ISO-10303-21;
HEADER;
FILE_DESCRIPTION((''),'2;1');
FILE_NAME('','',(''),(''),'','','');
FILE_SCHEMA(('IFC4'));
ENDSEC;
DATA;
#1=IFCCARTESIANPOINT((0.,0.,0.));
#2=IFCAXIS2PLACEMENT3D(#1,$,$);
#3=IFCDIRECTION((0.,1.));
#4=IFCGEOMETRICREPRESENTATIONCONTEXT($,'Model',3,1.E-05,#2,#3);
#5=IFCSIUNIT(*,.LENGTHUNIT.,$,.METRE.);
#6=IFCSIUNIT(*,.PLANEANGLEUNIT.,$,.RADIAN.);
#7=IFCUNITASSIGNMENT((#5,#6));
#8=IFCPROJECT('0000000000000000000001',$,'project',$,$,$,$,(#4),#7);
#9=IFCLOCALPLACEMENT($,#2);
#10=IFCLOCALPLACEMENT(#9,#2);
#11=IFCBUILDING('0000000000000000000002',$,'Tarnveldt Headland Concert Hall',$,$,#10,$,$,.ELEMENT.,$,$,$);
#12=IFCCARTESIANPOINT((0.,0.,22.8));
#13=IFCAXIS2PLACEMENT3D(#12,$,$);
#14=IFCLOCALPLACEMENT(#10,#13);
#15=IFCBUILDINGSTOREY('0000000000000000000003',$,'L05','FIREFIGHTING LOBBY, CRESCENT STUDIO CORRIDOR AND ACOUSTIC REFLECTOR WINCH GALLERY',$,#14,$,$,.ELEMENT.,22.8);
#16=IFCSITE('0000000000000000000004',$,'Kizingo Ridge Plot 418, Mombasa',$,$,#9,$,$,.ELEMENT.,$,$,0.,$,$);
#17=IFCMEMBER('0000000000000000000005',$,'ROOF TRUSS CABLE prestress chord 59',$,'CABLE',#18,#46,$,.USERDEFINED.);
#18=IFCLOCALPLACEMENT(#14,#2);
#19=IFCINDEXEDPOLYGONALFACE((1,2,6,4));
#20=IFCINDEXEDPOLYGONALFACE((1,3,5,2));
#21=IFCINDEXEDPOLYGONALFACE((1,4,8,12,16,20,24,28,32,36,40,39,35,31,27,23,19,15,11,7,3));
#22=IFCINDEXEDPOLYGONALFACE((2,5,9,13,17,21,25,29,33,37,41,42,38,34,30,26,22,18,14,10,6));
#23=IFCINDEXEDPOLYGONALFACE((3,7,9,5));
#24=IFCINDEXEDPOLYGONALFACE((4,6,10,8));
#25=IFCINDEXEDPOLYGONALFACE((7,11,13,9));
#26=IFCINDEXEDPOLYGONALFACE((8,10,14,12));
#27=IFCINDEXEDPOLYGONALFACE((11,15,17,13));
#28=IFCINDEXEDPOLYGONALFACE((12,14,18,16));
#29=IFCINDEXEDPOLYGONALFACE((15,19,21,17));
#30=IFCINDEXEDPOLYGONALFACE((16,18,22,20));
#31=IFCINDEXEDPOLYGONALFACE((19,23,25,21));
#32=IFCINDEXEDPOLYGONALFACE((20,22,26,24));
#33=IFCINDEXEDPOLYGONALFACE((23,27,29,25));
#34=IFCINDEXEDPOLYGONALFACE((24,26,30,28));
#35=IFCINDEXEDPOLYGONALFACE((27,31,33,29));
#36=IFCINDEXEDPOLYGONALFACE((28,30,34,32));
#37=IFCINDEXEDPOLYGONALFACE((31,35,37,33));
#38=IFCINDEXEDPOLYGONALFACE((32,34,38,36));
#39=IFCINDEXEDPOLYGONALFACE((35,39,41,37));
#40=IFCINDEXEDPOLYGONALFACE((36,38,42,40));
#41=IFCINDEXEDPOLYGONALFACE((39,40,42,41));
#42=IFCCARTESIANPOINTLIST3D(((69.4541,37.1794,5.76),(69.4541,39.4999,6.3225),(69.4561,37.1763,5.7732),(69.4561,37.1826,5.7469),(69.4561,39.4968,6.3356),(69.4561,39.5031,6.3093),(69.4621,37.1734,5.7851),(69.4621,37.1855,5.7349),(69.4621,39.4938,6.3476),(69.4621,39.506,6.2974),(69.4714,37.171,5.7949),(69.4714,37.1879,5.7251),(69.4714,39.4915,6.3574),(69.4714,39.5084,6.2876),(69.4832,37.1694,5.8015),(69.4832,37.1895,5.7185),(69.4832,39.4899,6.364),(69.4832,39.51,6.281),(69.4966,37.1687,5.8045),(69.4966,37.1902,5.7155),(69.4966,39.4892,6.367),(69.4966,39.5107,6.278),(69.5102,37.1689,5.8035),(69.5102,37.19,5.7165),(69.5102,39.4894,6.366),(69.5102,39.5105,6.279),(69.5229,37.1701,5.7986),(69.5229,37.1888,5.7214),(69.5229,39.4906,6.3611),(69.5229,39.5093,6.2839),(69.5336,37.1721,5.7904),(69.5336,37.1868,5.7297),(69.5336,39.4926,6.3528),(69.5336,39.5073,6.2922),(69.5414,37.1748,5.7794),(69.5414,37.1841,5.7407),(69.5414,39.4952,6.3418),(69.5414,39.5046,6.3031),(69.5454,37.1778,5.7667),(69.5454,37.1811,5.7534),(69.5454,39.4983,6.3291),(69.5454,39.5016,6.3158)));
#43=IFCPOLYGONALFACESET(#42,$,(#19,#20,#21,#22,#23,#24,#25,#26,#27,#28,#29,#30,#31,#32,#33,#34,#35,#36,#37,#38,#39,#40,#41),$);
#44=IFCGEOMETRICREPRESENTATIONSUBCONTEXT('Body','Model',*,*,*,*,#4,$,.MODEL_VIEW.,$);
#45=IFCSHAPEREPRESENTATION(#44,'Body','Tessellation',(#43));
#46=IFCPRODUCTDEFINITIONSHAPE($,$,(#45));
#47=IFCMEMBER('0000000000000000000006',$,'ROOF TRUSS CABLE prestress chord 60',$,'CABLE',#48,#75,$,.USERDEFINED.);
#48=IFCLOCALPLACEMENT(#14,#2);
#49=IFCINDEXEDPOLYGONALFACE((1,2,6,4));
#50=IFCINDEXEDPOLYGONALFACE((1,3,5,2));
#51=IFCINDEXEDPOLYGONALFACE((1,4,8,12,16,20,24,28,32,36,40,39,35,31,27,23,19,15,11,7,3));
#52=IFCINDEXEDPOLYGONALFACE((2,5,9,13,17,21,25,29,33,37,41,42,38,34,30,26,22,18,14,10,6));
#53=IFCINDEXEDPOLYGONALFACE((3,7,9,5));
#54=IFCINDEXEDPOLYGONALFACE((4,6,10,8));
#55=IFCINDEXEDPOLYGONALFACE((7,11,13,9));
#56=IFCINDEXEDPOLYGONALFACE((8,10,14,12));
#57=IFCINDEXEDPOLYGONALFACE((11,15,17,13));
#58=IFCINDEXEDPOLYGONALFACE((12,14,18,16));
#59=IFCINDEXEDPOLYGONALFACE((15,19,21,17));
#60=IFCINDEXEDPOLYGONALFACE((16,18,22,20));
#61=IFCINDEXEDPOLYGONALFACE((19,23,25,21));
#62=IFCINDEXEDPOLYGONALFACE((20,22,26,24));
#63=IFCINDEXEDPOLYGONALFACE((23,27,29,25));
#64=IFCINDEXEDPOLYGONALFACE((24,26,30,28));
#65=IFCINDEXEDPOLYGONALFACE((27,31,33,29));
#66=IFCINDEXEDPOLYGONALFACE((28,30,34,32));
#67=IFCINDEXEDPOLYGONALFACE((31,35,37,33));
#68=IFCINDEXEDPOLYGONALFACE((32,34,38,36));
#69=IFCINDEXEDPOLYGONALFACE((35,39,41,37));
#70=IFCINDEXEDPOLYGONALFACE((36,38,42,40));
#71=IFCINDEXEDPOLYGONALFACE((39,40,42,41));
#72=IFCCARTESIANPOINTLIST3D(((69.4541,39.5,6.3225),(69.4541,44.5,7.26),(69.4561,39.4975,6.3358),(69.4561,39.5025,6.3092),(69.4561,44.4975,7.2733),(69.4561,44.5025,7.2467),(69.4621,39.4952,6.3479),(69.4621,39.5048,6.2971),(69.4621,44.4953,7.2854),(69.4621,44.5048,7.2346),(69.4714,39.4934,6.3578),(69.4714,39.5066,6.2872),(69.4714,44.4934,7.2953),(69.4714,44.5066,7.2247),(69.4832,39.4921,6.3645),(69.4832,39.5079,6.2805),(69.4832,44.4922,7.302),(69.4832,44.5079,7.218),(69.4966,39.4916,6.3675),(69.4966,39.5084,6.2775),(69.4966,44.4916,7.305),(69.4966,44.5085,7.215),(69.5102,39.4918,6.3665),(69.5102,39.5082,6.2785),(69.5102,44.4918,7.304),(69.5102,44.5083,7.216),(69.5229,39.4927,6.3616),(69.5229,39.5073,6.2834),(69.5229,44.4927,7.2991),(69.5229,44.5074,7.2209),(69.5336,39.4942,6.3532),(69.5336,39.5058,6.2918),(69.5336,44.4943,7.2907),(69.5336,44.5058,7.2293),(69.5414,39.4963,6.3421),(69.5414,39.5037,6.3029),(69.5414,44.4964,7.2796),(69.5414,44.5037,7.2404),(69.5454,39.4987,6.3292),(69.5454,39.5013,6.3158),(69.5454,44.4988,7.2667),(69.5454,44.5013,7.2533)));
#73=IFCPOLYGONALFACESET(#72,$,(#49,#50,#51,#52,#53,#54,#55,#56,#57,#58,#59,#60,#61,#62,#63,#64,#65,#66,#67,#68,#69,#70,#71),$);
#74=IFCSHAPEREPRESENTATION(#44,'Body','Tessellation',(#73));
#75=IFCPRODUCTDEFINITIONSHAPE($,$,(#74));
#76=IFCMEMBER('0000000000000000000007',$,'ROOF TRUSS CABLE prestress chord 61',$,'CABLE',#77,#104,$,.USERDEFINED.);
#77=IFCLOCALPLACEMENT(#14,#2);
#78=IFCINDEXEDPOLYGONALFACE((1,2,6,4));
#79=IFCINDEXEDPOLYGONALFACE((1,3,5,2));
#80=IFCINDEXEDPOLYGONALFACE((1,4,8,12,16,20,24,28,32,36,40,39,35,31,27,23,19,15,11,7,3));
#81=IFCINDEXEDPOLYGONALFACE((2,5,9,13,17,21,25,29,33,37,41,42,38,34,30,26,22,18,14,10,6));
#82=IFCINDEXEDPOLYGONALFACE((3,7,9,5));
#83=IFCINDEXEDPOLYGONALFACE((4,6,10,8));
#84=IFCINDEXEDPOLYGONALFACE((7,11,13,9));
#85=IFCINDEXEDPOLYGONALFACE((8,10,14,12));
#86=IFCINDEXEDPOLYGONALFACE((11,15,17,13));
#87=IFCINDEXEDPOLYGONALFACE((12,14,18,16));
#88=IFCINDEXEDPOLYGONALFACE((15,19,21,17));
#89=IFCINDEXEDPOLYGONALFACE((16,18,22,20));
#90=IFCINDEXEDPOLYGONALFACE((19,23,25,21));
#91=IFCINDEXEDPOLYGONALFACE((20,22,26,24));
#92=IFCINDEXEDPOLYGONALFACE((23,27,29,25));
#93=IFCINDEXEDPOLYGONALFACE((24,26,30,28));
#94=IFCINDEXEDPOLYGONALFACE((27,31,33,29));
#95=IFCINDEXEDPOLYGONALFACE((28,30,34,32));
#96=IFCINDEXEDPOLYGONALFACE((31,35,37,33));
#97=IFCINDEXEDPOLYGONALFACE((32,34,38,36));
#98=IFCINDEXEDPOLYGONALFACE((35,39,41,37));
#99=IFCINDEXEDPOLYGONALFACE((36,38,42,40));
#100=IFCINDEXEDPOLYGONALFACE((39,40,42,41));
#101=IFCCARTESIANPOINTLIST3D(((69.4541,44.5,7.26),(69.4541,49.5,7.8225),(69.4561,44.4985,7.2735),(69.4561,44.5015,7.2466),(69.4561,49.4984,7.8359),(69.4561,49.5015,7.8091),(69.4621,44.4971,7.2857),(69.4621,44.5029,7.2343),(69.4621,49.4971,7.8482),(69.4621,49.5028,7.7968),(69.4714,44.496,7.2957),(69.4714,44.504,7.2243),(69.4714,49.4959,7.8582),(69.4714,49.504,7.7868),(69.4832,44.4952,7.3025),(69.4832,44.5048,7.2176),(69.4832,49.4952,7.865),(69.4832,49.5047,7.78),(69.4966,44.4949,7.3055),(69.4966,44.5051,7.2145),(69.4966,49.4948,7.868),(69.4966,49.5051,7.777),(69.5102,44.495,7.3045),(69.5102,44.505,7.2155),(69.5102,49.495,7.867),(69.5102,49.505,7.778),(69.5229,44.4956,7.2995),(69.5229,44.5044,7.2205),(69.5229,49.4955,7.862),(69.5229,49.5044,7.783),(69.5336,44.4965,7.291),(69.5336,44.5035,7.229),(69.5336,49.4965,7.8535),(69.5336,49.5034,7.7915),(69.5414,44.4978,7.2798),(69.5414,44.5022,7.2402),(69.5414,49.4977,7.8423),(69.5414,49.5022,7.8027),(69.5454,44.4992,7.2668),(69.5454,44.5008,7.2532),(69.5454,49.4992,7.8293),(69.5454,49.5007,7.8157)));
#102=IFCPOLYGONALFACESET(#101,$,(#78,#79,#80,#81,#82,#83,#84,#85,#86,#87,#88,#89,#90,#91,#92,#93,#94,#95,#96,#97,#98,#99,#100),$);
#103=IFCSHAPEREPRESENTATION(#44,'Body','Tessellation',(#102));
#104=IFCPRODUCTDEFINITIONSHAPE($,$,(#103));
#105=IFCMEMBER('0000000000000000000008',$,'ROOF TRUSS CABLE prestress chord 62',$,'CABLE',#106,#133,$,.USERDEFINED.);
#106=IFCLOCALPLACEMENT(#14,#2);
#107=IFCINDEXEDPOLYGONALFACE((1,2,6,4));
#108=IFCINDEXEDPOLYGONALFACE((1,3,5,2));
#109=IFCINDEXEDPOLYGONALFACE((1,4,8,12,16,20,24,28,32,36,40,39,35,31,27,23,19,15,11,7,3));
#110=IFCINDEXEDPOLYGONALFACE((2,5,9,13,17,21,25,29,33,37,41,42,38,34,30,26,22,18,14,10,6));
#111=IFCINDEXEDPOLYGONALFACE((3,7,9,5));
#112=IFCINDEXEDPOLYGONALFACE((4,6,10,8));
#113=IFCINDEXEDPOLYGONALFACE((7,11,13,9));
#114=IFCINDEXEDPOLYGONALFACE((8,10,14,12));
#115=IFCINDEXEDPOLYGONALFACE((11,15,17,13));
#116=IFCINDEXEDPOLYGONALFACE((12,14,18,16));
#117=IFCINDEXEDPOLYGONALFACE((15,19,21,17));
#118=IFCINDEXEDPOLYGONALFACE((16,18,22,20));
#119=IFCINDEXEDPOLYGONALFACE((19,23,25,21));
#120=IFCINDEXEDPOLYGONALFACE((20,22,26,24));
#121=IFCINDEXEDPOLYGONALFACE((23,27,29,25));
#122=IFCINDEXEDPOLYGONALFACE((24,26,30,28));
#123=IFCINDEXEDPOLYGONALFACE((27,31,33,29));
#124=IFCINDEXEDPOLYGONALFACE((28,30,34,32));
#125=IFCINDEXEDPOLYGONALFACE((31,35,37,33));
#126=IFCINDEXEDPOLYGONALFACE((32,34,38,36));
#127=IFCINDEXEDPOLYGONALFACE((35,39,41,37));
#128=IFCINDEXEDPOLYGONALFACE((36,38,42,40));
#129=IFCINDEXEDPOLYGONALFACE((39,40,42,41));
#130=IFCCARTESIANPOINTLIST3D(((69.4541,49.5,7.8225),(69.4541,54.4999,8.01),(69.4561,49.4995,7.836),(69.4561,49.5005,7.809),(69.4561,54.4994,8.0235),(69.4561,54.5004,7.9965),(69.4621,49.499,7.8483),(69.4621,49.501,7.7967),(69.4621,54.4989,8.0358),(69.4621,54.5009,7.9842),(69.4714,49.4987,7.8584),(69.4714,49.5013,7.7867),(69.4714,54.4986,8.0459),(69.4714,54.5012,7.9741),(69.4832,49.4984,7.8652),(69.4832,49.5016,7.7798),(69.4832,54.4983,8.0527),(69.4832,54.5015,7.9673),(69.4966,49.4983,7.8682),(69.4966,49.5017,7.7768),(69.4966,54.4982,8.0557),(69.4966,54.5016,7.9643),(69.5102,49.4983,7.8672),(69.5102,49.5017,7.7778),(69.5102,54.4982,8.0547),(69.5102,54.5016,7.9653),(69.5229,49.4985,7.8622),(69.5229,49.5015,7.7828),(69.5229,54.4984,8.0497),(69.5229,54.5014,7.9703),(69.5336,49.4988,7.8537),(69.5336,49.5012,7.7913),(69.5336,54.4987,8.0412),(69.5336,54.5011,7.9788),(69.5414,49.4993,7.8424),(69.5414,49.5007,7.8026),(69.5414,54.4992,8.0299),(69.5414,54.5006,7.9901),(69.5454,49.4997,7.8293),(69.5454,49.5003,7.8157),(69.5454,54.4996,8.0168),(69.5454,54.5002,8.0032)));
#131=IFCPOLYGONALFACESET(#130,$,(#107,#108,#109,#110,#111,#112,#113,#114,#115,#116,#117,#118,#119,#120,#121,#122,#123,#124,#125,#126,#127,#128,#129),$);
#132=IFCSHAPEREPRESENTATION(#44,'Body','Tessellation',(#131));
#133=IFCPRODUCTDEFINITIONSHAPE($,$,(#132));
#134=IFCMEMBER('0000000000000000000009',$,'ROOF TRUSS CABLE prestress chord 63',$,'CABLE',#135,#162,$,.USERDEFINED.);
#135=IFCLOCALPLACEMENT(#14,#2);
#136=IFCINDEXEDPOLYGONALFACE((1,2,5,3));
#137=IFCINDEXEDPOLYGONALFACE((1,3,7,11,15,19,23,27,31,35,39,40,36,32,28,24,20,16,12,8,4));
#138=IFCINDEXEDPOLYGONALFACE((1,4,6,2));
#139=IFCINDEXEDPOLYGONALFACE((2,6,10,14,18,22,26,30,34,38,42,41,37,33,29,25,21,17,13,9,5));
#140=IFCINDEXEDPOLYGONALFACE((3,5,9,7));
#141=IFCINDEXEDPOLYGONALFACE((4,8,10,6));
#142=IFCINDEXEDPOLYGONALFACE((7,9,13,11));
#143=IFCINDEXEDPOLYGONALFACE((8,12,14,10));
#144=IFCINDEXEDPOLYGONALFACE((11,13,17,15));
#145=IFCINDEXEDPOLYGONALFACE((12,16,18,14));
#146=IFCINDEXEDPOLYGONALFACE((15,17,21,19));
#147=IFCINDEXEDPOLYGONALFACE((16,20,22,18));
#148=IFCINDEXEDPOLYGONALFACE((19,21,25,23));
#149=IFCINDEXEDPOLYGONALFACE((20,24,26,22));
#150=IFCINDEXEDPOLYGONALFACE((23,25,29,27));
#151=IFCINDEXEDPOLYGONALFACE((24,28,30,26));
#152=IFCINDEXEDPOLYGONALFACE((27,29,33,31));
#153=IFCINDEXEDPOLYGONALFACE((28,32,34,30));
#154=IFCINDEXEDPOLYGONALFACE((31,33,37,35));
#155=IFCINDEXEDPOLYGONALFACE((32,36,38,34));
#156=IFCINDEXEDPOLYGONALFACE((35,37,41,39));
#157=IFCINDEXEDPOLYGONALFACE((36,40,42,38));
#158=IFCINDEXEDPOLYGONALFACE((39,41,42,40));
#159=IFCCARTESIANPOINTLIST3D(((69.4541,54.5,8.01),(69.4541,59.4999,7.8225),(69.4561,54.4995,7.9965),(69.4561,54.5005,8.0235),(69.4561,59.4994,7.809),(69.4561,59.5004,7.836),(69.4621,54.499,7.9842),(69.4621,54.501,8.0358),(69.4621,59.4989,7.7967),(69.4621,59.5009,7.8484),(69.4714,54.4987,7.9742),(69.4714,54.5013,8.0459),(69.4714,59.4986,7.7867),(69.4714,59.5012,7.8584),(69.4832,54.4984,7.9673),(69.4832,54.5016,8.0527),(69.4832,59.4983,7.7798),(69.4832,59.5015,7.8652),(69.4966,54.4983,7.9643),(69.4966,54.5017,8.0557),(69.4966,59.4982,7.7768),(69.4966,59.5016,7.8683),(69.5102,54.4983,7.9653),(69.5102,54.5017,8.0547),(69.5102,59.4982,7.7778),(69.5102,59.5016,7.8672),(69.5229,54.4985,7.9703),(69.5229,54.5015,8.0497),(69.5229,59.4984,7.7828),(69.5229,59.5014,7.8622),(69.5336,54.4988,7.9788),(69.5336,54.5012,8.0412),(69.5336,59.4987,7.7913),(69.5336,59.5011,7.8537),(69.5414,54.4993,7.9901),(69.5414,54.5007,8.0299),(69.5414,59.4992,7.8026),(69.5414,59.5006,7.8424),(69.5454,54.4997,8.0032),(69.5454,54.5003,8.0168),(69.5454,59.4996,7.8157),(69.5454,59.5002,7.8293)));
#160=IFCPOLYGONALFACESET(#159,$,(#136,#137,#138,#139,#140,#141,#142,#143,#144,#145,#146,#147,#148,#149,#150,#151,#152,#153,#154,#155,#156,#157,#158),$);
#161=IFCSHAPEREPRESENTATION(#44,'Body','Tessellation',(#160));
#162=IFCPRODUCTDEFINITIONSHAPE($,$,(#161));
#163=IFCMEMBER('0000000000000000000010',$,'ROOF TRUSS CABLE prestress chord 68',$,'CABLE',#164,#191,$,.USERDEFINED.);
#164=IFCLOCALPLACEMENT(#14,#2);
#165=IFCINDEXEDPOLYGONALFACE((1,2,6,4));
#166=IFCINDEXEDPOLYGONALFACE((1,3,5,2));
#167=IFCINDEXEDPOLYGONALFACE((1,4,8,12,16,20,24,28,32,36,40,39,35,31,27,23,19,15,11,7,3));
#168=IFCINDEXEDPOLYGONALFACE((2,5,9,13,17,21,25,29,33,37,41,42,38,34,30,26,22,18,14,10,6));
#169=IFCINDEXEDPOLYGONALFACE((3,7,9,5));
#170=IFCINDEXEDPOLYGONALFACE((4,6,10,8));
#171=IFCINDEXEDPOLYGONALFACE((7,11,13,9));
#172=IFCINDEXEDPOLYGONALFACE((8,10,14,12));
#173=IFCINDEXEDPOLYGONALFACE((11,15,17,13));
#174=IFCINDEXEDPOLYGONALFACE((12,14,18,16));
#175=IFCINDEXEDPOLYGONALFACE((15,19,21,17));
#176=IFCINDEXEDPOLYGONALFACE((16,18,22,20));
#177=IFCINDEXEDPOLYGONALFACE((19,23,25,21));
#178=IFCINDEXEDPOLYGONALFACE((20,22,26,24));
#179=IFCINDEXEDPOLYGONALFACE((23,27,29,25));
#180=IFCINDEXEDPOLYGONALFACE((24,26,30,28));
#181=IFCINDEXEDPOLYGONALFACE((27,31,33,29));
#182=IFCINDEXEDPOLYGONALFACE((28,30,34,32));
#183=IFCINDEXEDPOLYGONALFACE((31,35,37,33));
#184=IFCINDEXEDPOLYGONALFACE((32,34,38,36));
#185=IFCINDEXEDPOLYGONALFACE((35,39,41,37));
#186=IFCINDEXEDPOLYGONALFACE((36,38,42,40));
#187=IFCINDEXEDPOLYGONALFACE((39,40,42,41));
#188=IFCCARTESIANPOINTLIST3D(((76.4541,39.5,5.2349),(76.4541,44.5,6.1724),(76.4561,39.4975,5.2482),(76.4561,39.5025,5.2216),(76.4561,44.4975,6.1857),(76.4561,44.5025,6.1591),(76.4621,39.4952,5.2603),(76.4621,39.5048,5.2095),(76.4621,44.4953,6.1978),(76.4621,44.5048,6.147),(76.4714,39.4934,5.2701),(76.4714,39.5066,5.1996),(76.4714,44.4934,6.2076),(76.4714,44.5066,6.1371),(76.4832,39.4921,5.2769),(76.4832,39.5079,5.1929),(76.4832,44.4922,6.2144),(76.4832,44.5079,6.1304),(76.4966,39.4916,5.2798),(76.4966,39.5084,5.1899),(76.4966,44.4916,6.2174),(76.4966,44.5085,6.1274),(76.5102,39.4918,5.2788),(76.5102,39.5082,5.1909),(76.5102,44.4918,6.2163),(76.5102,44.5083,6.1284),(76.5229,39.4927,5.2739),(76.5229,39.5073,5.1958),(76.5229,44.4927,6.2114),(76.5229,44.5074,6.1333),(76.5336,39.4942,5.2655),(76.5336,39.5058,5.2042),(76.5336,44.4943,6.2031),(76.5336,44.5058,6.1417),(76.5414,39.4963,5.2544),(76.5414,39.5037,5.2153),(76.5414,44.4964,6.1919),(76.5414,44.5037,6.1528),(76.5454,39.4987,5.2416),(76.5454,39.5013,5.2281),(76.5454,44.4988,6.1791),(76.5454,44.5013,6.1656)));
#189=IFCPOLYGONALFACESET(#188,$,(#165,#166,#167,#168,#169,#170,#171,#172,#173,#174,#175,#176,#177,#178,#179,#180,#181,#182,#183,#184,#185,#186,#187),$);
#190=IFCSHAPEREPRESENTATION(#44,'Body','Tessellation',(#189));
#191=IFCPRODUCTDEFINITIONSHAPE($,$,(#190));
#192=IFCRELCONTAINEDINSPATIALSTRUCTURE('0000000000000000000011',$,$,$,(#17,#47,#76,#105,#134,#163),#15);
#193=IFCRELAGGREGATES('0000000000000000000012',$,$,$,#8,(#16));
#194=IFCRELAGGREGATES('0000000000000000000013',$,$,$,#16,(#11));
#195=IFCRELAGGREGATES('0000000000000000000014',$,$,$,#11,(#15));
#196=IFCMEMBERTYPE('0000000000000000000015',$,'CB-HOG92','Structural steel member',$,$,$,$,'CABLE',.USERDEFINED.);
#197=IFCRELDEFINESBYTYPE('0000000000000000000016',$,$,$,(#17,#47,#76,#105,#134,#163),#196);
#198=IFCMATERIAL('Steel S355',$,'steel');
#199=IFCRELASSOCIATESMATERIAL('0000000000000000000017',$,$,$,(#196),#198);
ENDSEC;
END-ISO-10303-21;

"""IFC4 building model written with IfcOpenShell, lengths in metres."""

from ifc_helpers import new_model, si_unit, direction, frame, origin, origin_2d, place, context, subcontext, project, spatial, circle, extrude, material, material_profile, profile_set, type_object, element, save


model = new_model("IFC4")

# Units and contexts
model_context = context("Model", 3, precision=1e-05, world=origin(), true_north=direction((0.0, 1.0)))
body_context = subcontext(model_context, "Body", "Model", "MODEL_VIEW")
ifc_project = project(units=[si_unit("LENGTHUNIT", "METRE"), si_unit("PLANEANGLEUNIT", "RADIAN")], contexts=[model_context])

# Site, building, storey
site_placement = place(None, origin())
site = spatial("IfcSite", under=ifc_project, at=site_placement, Name="Kizingo Ridge Plot 418, Mombasa", CompositionType="ELEMENT", RefElevation=0.0)
building_placement = place(site_placement, origin())
building = spatial("IfcBuilding", under=site, at=building_placement, Name="Tarnveldt Headland Concert Hall", CompositionType="ELEMENT")
storey_placement = place(building_placement, frame((0.0, 0.0, 22.8)))
storey = spatial("IfcBuildingStorey", under=building, at=storey_placement, Name="L05", Description="FIREFIGHTING LOBBY, CRESCENT STUDIO CORRIDOR AND ACOUSTIC REFLECTOR WINCH GALLERY", CompositionType="ELEMENT", Elevation=22.8)

# Members
ifc_material_1 = material(Name="Steel S355", Category="steel")
ifc_material_profile_1 = material_profile(ifc_material_1, circle(Radius=0.0459, at=origin_2d()), Name="LC D92", Category="steel")
ifc_profile_set_1 = profile_set([ifc_material_profile_1], Name="Steel S355")
member_type_1 = type_object("IfcMemberType", Name="CB-HOG92", Description="Structural steel member", ElementType="CABLE", PredefinedType="USERDEFINED", material=ifc_profile_set_1)
member_1_placement = place(storey_placement, frame((69.5, 37.1794, 5.76), z_axis=(0.0, 0.971856, 0.235577), x_axis=(-1.0, 0.0, 0.0)))
element("IfcMember", 1, at=member_1_placement, inside=storey, type_object=member_type_1, Name="ROOF TRUSS CABLE prestress chord 59", ObjectType="CABLE", PredefinedType="USERDEFINED", context=body_context, shape_type="SweptSolid", body=[
    extrude(circle(Radius=0.0459, at=origin_2d()), origin(), (0.0, 0.0, 1.0), 2.3877),
])
member_2_placement = place(storey_placement, frame((69.5, 39.5, 6.3225), z_axis=(0.0, 0.982872, 0.184289), x_axis=(-1.0, 0.0, 0.0)))
element("IfcMember", 2, at=member_2_placement, inside=storey, type_object=member_type_1, Name="ROOF TRUSS CABLE prestress chord 60", ObjectType="CABLE", PredefinedType="USERDEFINED", context=body_context, shape_type="SweptSolid", body=[
    extrude(circle(Radius=0.0459, at=origin_2d()), origin(), (0.0, 0.0, 1.0), 5.0872),
])
member_3_placement = place(storey_placement, frame((69.5, 44.5, 7.26), z_axis=(0.0, 0.993731, 0.111795), x_axis=(-1.0, 0.0, 0.0)))
element("IfcMember", 3, at=member_3_placement, inside=storey, type_object=member_type_1, Name="ROOF TRUSS CABLE prestress chord 61", ObjectType="CABLE", PredefinedType="USERDEFINED", context=body_context, shape_type="SweptSolid", body=[
    extrude(circle(Radius=0.0459, at=origin_2d()), origin(), (0.0, 0.0, 1.0), 5.0315),
])
for number, where, z_axis, x_axis, name in (
    (4, (69.5, 49.5, 7.8225), (0.0, 0.999298, 0.037474), (-1.0, 0.0, 0.0), "ROOF TRUSS CABLE prestress chord 62"),
    (5, (69.5, 54.5, 8.01), (0.0, 0.999298, -0.037474), (-1.0, 0.0, 0.0), "ROOF TRUSS CABLE prestress chord 63"),
):
    element("IfcMember", number, at=place(storey_placement, frame(where, z_axis=z_axis, x_axis=x_axis)), inside=storey, type_object=member_type_1, Name=name, ObjectType="CABLE", PredefinedType="USERDEFINED", context=body_context, shape_type="SweptSolid", body=[
        extrude(circle(Radius=0.0459, at=origin_2d()), origin(), (0.0, 0.0, 1.0), 5.0034),
    ])
member_4_placement = place(storey_placement, frame((76.5, 39.5, 5.2349), z_axis=(0.0, 0.982872, 0.184289), x_axis=(-1.0, 0.0, 0.0)))
element("IfcMember", 6, at=member_4_placement, inside=storey, type_object=member_type_1, Name="ROOF TRUSS CABLE prestress chord 68", ObjectType="CABLE", PredefinedType="USERDEFINED", context=body_context, shape_type="SweptSolid", body=[
    extrude(circle(Radius=0.0459, at=origin_2d()), origin(), (0.0, 0.0, 1.0), 5.0872),
])

save(model, "model.ifc")
